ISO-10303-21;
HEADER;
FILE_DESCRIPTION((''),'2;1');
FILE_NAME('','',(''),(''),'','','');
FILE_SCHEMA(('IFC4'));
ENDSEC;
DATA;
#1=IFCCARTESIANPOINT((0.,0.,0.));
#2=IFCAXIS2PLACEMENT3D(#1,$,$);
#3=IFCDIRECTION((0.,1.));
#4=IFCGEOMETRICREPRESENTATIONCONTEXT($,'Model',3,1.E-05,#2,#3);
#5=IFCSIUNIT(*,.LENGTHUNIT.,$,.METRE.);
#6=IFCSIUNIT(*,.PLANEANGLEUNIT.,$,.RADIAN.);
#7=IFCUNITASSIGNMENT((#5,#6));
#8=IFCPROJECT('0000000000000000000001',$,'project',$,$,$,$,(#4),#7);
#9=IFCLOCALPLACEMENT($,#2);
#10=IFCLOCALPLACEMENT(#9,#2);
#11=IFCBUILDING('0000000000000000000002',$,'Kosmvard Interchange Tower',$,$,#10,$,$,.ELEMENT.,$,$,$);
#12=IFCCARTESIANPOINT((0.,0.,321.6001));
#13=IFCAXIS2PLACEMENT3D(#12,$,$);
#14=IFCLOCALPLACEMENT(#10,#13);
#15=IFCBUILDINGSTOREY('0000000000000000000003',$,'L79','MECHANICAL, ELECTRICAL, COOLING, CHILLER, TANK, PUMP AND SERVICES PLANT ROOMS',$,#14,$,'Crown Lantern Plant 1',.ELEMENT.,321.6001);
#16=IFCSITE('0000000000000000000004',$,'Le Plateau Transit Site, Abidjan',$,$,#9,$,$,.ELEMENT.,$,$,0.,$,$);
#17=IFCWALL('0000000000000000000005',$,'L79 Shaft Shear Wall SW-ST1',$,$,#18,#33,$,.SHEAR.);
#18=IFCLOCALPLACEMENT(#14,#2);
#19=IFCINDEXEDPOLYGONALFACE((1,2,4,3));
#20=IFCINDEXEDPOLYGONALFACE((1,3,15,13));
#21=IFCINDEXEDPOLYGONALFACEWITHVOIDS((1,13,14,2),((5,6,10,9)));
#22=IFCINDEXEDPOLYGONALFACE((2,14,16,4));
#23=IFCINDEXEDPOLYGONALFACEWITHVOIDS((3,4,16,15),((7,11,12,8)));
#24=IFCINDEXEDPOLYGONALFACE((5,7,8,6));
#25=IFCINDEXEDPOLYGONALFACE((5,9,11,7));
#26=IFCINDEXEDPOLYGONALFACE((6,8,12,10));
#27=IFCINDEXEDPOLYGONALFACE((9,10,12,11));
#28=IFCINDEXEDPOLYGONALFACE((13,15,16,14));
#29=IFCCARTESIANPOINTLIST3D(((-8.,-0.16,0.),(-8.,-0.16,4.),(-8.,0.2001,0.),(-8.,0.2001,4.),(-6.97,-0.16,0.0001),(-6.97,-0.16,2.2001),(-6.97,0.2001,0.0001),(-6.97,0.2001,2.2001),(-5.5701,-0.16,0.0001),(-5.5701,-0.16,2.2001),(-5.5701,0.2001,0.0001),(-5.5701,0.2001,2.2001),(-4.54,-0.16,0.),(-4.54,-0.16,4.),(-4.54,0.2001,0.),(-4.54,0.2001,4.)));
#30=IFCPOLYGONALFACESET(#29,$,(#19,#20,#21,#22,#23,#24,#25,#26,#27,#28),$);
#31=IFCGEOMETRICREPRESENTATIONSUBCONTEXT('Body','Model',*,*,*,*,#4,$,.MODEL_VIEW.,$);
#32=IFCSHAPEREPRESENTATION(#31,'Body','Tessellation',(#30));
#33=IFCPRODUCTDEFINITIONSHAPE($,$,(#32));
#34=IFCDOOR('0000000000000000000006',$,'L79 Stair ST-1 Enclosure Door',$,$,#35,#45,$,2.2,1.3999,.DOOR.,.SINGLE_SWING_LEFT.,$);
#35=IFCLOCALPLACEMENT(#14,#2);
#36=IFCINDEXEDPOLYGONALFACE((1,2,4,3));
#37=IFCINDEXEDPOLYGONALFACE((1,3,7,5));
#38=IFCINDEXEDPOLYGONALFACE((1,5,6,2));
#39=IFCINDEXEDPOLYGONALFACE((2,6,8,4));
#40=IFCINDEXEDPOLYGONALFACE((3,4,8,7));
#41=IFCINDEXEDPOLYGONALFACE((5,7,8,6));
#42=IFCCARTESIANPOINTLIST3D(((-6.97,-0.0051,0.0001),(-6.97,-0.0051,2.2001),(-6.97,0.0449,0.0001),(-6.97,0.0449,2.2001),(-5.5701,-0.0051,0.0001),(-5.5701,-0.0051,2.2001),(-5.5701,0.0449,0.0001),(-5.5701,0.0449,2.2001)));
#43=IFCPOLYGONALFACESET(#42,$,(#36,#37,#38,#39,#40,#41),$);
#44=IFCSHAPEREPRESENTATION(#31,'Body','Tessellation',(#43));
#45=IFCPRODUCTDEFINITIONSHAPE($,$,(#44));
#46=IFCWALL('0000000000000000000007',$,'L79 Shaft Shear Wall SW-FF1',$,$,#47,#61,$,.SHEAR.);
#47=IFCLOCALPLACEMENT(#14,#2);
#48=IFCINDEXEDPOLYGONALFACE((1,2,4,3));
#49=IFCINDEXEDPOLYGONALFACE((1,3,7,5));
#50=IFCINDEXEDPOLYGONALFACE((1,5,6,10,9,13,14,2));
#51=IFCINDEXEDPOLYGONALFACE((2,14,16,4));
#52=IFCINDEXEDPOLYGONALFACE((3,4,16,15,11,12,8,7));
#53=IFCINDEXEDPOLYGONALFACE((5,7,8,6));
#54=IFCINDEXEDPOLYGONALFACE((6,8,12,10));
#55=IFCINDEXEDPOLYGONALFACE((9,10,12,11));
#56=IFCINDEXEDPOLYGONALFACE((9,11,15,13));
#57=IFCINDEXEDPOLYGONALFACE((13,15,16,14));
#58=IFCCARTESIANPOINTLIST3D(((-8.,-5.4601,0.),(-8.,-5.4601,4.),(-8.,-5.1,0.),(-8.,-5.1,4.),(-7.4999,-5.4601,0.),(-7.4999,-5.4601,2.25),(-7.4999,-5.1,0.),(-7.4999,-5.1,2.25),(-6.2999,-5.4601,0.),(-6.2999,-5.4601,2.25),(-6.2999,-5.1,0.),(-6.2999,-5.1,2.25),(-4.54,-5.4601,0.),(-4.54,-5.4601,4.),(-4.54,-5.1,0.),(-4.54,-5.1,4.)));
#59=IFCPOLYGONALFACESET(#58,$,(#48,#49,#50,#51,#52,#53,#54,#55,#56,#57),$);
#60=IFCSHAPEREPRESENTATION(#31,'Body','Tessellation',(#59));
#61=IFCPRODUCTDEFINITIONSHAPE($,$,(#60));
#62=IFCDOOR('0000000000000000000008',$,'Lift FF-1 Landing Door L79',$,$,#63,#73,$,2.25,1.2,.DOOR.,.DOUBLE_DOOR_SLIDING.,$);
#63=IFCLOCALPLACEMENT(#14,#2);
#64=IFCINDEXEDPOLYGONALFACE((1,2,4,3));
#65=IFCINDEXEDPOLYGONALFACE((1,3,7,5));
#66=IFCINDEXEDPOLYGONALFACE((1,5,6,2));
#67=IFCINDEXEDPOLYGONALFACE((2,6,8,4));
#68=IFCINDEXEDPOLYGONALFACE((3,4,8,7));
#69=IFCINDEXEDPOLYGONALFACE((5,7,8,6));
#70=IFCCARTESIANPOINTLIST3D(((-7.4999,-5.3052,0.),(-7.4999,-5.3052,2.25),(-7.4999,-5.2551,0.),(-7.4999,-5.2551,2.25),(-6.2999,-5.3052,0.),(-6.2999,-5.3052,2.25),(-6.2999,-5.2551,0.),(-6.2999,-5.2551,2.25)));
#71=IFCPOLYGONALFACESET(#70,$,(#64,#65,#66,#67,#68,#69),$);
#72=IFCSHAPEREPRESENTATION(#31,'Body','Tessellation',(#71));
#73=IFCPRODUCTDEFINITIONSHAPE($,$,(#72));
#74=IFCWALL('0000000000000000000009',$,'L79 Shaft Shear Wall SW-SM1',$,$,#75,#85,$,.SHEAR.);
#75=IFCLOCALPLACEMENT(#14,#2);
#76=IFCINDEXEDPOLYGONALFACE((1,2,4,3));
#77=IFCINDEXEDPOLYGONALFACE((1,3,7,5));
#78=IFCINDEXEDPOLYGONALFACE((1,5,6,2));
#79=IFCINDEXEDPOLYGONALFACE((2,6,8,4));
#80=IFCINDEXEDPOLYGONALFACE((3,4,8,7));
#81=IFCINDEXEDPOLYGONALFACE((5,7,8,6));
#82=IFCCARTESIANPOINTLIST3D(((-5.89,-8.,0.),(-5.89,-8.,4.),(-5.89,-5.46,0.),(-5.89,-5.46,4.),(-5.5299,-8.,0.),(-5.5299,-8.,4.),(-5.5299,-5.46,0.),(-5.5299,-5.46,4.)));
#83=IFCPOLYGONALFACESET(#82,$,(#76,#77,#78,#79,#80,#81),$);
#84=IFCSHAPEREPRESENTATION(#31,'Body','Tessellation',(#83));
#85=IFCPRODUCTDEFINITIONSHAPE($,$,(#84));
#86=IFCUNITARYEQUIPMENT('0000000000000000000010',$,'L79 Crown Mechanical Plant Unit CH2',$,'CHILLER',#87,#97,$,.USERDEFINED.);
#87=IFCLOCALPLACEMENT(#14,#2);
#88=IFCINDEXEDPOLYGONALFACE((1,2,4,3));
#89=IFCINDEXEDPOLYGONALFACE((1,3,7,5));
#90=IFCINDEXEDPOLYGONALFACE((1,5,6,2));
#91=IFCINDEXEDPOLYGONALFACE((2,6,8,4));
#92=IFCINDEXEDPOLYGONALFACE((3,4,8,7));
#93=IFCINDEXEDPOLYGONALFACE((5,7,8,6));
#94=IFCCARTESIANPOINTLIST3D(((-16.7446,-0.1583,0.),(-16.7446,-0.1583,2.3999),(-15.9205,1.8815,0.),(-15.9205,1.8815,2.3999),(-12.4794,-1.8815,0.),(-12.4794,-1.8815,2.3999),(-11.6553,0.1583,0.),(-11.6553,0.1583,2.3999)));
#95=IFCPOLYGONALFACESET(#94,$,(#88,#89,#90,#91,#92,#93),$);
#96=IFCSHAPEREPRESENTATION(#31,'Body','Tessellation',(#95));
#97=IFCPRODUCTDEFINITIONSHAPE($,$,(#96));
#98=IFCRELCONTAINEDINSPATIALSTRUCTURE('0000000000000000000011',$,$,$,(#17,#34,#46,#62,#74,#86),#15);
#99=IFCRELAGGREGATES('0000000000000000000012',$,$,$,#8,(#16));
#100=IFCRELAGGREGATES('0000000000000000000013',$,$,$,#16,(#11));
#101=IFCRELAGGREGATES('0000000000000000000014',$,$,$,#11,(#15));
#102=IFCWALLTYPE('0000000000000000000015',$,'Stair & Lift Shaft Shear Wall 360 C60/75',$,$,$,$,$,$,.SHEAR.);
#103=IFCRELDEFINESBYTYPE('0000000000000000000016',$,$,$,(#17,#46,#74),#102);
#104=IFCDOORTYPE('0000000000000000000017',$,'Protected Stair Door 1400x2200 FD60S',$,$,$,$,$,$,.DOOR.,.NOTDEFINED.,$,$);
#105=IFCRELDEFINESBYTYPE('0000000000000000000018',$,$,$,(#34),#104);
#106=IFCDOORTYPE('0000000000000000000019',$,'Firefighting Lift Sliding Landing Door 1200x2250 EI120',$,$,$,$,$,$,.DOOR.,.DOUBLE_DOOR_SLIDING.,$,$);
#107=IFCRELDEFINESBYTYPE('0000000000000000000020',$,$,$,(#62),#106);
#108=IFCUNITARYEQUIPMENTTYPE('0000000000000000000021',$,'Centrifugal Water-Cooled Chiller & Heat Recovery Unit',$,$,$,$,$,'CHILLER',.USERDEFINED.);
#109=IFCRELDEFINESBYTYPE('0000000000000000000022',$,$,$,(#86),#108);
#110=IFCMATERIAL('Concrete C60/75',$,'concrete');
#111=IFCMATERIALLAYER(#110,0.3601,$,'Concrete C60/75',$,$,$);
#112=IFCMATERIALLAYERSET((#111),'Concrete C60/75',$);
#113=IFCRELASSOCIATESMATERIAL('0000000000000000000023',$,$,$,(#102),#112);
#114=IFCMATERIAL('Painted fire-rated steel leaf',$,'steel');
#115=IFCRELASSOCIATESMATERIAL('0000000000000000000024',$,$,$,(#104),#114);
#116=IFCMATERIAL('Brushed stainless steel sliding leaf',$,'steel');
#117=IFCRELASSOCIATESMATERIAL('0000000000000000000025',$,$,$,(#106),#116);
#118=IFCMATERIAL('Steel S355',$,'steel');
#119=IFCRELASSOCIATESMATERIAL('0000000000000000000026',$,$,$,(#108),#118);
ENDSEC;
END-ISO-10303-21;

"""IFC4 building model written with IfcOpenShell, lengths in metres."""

from ifc_helpers import new_model, si_unit, direction, frame, frame_2d, origin, origin_2d, place, context, subcontext, project, spatial, rectangle, extrude, source, transform, mapped, material, layer, layer_set, type_object, element, fill, save


model = new_model("IFC4")

# Units and contexts
model_context = context("Model", 3, precision=1e-05, world=origin(), true_north=direction((0.0, 1.0)))
body_context = subcontext(model_context, "Body", "Model", "MODEL_VIEW")
ifc_project = project(units=[si_unit("LENGTHUNIT", "METRE"), si_unit("PLANEANGLEUNIT", "RADIAN")], contexts=[model_context])

# Site, building, storey
site_placement = place(None, origin())
site = spatial("IfcSite", under=ifc_project, at=site_placement, Name="Le Plateau Transit Site, Abidjan", CompositionType="ELEMENT", RefElevation=0.0)
building_placement = place(site_placement, origin())
building = spatial("IfcBuilding", under=site, at=building_placement, Name="Kosmvard Interchange Tower", CompositionType="ELEMENT")
storey_placement = place(building_placement, frame((0.0, 0.0, 321.6001)))
storey = spatial("IfcBuildingStorey", under=building, at=storey_placement, Name="L79", Description="MECHANICAL, ELECTRICAL, COOLING, CHILLER, TANK, PUMP AND SERVICES PLANT ROOMS", LongName="Crown Lantern Plant 1", CompositionType="ELEMENT", Elevation=321.6001)

# Shared definitions
ifc_material_1 = material(Name="Steel S355", Category="steel")
ifc_material_2 = material(Name="Concrete C60/75", Category="concrete")

# Shared definitions
ifc_material_3 = material(Name="Painted fire-rated steel leaf", Category="steel")

# Shared definitions
ifc_layer_1 = layer(ifc_material_2, 0.3601, Name="Concrete C60/75")
ifc_layer_set_1 = layer_set([ifc_layer_1], Name="Concrete C60/75")
wall_type_1 = type_object("IfcWallType", Name="Stair & Lift Shaft Shear Wall 360 C60/75", PredefinedType="SHEAR", material=ifc_layer_set_1)

# Walls, openings, doors
wall_1_placement = place(storey_placement, frame((-8.0, 0.02, 0.0), z_axis=(0.0, 0.0, 1.0), x_axis=(1.0, 0.0, 0.0)))
wall_1 = element("IfcWall", 1, at=wall_1_placement, inside=storey, type_object=wall_type_1, Name="L79 Shaft Shear Wall SW-ST1", PredefinedType="SHEAR", context=body_context, shape_type="SweptSolid", body=[
    extrude(rectangle(XDim=3.46, YDim=0.3601, at=frame_2d((1.73, 0.0))), origin(), (0.0, 0.0, 1.0), 4.0),
])
opening_1_placement = place(wall_1_placement, frame((1.03, 0.0, 0.0)))
opening_1 = element("IfcOpeningElement", 2, at=opening_1_placement, cuts=wall_1, PredefinedType="OPENING", context=body_context, shape_type="SweptSolid", body=[
    extrude(rectangle(XDim=1.3999, YDim=2.2, at=frame_2d((0.7, 1.1001))), frame((0.0, 0.1899, 0.0), z_axis=(0.0, -1.0, 0.0), x_axis=(1.0, 0.0, 0.0)), (0.0, 0.0, 1.0), 0.3801),
])
door_type_1 = type_object("IfcDoorType", Name="Protected Stair Door 1400x2200 FD60S", OperationType="NOTDEFINED", PredefinedType="DOOR", material=ifc_material_3)
shared_shape_1 = source(origin(), body_context, "Body", "SweptSolid", [
    extrude(rectangle(XDim=1.3999, YDim=2.2, at=frame_2d((0.7, 1.1001))), frame((0.0, 0.0249, 0.0), z_axis=(0.0, -1.0, 0.0), x_axis=(1.0, 0.0, 0.0)), (0.0, 0.0, 1.0), 0.05),
])
door_1_placement = place(opening_1_placement, origin())
door_1 = element("IfcDoor", 3, at=door_1_placement, inside=storey, type_object=door_type_1, Name="L79 Stair ST-1 Enclosure Door", OperationType="SINGLE_SWING_LEFT", OverallHeight=2.2, OverallWidth=1.3999, PredefinedType="DOOR", context=body_context, shape_type="MappedRepresentation", body=[
    mapped(shared_shape_1, transform((0.0, 0.0, 0.0), scale=1.0)),
])
fill(opening_1, door_1)
wall_2_placement = place(storey_placement, frame((-8.0, -5.28, 0.0), z_axis=(0.0, 0.0, 1.0), x_axis=(1.0, 0.0, 0.0)))
wall_2 = element("IfcWall", 4, at=wall_2_placement, inside=storey, type_object=wall_type_1, Name="L79 Shaft Shear Wall SW-FF1", PredefinedType="SHEAR", context=body_context, shape_type="SweptSolid", body=[
    extrude(rectangle(XDim=3.46, YDim=0.3601, at=frame_2d((1.73, 0.0))), origin(), (0.0, 0.0, 1.0), 4.0),
])
opening_2_placement = place(wall_2_placement, frame((0.5, 0.0, 0.0)))
opening_2 = element("IfcOpeningElement", 5, at=opening_2_placement, cuts=wall_2, PredefinedType="OPENING", context=body_context, shape_type="SweptSolid", body=[
    extrude(rectangle(XDim=1.2, YDim=2.25, at=frame_2d((0.6001, 1.125))), frame((0.0, 0.1899, 0.0), z_axis=(0.0, -1.0, 0.0), x_axis=(1.0, 0.0, 0.0)), (0.0, 0.0, 1.0), 0.3801),
])
ifc_material_4 = material(Name="Brushed stainless steel sliding leaf", Category="steel")
door_type_2 = type_object("IfcDoorType", Name="Firefighting Lift Sliding Landing Door 1200x2250 EI120", OperationType="DOUBLE_DOOR_SLIDING", PredefinedType="DOOR", material=ifc_material_4)
shared_shape_2 = source(origin(), body_context, "Body", "SweptSolid", [
    extrude(rectangle(XDim=1.2, YDim=2.25, at=frame_2d((0.6001, 1.125))), frame((0.0, 0.0249, 0.0), z_axis=(0.0, -1.0, 0.0), x_axis=(1.0, 0.0, 0.0)), (0.0, 0.0, 1.0), 0.05),
])
door_2_placement = place(opening_2_placement, origin())
door_2 = element("IfcDoor", 6, at=door_2_placement, inside=storey, type_object=door_type_2, Name="Lift FF-1 Landing Door L79", OperationType="DOUBLE_DOOR_SLIDING", OverallHeight=2.25, OverallWidth=1.2, PredefinedType="DOOR", context=body_context, shape_type="MappedRepresentation", body=[
    mapped(shared_shape_2, transform((0.0, 0.0, 0.0), scale=1.0)),
])
fill(opening_2, door_2)

# Wall
wall_3_placement = place(storey_placement, frame((-5.71, -8.0, 0.0), z_axis=(0.0, 0.0, 1.0), x_axis=(0.0, 1.0, 0.0)))
element("IfcWall", 7, at=wall_3_placement, inside=storey, type_object=wall_type_1, Name="L79 Shaft Shear Wall SW-SM1", PredefinedType="SHEAR", context=body_context, shape_type="SweptSolid", body=[
    extrude(rectangle(XDim=2.54, YDim=0.3601, at=frame_2d((1.27, 0.0))), origin(), (0.0, 0.0, 1.0), 4.0),
])

# Unitary equipment
unitary_equipment_type = type_object("IfcUnitaryEquipmentType", Name="Centrifugal Water-Cooled Chiller & Heat Recovery Unit", ElementType="CHILLER", PredefinedType="USERDEFINED", material=ifc_material_1)
shared_shape_3 = source(origin(), body_context, "Body", "SweptSolid", [
    extrude(rectangle(XDim=2.2, YDim=4.6001, at=origin_2d()), origin(), (0.0, 0.0, 1.0), 2.3999),
])
unitary_equipment_placement = place(storey_placement, frame((-14.2, 0.0, 0.0), z_axis=(0.0, 0.0, 1.0), x_axis=(0.374607, 0.927184, 0.0)))
element("IfcUnitaryEquipment", 8, at=unitary_equipment_placement, inside=storey, type_object=unitary_equipment_type, Name="L79 Crown Mechanical Plant Unit CH2", ObjectType="CHILLER", PredefinedType="USERDEFINED", context=body_context, shape_type="MappedRepresentation", body=[
    mapped(shared_shape_3, transform((0.0, 0.0, 0.0), scale=1.0)),
])

save(model, "model.ifc")
